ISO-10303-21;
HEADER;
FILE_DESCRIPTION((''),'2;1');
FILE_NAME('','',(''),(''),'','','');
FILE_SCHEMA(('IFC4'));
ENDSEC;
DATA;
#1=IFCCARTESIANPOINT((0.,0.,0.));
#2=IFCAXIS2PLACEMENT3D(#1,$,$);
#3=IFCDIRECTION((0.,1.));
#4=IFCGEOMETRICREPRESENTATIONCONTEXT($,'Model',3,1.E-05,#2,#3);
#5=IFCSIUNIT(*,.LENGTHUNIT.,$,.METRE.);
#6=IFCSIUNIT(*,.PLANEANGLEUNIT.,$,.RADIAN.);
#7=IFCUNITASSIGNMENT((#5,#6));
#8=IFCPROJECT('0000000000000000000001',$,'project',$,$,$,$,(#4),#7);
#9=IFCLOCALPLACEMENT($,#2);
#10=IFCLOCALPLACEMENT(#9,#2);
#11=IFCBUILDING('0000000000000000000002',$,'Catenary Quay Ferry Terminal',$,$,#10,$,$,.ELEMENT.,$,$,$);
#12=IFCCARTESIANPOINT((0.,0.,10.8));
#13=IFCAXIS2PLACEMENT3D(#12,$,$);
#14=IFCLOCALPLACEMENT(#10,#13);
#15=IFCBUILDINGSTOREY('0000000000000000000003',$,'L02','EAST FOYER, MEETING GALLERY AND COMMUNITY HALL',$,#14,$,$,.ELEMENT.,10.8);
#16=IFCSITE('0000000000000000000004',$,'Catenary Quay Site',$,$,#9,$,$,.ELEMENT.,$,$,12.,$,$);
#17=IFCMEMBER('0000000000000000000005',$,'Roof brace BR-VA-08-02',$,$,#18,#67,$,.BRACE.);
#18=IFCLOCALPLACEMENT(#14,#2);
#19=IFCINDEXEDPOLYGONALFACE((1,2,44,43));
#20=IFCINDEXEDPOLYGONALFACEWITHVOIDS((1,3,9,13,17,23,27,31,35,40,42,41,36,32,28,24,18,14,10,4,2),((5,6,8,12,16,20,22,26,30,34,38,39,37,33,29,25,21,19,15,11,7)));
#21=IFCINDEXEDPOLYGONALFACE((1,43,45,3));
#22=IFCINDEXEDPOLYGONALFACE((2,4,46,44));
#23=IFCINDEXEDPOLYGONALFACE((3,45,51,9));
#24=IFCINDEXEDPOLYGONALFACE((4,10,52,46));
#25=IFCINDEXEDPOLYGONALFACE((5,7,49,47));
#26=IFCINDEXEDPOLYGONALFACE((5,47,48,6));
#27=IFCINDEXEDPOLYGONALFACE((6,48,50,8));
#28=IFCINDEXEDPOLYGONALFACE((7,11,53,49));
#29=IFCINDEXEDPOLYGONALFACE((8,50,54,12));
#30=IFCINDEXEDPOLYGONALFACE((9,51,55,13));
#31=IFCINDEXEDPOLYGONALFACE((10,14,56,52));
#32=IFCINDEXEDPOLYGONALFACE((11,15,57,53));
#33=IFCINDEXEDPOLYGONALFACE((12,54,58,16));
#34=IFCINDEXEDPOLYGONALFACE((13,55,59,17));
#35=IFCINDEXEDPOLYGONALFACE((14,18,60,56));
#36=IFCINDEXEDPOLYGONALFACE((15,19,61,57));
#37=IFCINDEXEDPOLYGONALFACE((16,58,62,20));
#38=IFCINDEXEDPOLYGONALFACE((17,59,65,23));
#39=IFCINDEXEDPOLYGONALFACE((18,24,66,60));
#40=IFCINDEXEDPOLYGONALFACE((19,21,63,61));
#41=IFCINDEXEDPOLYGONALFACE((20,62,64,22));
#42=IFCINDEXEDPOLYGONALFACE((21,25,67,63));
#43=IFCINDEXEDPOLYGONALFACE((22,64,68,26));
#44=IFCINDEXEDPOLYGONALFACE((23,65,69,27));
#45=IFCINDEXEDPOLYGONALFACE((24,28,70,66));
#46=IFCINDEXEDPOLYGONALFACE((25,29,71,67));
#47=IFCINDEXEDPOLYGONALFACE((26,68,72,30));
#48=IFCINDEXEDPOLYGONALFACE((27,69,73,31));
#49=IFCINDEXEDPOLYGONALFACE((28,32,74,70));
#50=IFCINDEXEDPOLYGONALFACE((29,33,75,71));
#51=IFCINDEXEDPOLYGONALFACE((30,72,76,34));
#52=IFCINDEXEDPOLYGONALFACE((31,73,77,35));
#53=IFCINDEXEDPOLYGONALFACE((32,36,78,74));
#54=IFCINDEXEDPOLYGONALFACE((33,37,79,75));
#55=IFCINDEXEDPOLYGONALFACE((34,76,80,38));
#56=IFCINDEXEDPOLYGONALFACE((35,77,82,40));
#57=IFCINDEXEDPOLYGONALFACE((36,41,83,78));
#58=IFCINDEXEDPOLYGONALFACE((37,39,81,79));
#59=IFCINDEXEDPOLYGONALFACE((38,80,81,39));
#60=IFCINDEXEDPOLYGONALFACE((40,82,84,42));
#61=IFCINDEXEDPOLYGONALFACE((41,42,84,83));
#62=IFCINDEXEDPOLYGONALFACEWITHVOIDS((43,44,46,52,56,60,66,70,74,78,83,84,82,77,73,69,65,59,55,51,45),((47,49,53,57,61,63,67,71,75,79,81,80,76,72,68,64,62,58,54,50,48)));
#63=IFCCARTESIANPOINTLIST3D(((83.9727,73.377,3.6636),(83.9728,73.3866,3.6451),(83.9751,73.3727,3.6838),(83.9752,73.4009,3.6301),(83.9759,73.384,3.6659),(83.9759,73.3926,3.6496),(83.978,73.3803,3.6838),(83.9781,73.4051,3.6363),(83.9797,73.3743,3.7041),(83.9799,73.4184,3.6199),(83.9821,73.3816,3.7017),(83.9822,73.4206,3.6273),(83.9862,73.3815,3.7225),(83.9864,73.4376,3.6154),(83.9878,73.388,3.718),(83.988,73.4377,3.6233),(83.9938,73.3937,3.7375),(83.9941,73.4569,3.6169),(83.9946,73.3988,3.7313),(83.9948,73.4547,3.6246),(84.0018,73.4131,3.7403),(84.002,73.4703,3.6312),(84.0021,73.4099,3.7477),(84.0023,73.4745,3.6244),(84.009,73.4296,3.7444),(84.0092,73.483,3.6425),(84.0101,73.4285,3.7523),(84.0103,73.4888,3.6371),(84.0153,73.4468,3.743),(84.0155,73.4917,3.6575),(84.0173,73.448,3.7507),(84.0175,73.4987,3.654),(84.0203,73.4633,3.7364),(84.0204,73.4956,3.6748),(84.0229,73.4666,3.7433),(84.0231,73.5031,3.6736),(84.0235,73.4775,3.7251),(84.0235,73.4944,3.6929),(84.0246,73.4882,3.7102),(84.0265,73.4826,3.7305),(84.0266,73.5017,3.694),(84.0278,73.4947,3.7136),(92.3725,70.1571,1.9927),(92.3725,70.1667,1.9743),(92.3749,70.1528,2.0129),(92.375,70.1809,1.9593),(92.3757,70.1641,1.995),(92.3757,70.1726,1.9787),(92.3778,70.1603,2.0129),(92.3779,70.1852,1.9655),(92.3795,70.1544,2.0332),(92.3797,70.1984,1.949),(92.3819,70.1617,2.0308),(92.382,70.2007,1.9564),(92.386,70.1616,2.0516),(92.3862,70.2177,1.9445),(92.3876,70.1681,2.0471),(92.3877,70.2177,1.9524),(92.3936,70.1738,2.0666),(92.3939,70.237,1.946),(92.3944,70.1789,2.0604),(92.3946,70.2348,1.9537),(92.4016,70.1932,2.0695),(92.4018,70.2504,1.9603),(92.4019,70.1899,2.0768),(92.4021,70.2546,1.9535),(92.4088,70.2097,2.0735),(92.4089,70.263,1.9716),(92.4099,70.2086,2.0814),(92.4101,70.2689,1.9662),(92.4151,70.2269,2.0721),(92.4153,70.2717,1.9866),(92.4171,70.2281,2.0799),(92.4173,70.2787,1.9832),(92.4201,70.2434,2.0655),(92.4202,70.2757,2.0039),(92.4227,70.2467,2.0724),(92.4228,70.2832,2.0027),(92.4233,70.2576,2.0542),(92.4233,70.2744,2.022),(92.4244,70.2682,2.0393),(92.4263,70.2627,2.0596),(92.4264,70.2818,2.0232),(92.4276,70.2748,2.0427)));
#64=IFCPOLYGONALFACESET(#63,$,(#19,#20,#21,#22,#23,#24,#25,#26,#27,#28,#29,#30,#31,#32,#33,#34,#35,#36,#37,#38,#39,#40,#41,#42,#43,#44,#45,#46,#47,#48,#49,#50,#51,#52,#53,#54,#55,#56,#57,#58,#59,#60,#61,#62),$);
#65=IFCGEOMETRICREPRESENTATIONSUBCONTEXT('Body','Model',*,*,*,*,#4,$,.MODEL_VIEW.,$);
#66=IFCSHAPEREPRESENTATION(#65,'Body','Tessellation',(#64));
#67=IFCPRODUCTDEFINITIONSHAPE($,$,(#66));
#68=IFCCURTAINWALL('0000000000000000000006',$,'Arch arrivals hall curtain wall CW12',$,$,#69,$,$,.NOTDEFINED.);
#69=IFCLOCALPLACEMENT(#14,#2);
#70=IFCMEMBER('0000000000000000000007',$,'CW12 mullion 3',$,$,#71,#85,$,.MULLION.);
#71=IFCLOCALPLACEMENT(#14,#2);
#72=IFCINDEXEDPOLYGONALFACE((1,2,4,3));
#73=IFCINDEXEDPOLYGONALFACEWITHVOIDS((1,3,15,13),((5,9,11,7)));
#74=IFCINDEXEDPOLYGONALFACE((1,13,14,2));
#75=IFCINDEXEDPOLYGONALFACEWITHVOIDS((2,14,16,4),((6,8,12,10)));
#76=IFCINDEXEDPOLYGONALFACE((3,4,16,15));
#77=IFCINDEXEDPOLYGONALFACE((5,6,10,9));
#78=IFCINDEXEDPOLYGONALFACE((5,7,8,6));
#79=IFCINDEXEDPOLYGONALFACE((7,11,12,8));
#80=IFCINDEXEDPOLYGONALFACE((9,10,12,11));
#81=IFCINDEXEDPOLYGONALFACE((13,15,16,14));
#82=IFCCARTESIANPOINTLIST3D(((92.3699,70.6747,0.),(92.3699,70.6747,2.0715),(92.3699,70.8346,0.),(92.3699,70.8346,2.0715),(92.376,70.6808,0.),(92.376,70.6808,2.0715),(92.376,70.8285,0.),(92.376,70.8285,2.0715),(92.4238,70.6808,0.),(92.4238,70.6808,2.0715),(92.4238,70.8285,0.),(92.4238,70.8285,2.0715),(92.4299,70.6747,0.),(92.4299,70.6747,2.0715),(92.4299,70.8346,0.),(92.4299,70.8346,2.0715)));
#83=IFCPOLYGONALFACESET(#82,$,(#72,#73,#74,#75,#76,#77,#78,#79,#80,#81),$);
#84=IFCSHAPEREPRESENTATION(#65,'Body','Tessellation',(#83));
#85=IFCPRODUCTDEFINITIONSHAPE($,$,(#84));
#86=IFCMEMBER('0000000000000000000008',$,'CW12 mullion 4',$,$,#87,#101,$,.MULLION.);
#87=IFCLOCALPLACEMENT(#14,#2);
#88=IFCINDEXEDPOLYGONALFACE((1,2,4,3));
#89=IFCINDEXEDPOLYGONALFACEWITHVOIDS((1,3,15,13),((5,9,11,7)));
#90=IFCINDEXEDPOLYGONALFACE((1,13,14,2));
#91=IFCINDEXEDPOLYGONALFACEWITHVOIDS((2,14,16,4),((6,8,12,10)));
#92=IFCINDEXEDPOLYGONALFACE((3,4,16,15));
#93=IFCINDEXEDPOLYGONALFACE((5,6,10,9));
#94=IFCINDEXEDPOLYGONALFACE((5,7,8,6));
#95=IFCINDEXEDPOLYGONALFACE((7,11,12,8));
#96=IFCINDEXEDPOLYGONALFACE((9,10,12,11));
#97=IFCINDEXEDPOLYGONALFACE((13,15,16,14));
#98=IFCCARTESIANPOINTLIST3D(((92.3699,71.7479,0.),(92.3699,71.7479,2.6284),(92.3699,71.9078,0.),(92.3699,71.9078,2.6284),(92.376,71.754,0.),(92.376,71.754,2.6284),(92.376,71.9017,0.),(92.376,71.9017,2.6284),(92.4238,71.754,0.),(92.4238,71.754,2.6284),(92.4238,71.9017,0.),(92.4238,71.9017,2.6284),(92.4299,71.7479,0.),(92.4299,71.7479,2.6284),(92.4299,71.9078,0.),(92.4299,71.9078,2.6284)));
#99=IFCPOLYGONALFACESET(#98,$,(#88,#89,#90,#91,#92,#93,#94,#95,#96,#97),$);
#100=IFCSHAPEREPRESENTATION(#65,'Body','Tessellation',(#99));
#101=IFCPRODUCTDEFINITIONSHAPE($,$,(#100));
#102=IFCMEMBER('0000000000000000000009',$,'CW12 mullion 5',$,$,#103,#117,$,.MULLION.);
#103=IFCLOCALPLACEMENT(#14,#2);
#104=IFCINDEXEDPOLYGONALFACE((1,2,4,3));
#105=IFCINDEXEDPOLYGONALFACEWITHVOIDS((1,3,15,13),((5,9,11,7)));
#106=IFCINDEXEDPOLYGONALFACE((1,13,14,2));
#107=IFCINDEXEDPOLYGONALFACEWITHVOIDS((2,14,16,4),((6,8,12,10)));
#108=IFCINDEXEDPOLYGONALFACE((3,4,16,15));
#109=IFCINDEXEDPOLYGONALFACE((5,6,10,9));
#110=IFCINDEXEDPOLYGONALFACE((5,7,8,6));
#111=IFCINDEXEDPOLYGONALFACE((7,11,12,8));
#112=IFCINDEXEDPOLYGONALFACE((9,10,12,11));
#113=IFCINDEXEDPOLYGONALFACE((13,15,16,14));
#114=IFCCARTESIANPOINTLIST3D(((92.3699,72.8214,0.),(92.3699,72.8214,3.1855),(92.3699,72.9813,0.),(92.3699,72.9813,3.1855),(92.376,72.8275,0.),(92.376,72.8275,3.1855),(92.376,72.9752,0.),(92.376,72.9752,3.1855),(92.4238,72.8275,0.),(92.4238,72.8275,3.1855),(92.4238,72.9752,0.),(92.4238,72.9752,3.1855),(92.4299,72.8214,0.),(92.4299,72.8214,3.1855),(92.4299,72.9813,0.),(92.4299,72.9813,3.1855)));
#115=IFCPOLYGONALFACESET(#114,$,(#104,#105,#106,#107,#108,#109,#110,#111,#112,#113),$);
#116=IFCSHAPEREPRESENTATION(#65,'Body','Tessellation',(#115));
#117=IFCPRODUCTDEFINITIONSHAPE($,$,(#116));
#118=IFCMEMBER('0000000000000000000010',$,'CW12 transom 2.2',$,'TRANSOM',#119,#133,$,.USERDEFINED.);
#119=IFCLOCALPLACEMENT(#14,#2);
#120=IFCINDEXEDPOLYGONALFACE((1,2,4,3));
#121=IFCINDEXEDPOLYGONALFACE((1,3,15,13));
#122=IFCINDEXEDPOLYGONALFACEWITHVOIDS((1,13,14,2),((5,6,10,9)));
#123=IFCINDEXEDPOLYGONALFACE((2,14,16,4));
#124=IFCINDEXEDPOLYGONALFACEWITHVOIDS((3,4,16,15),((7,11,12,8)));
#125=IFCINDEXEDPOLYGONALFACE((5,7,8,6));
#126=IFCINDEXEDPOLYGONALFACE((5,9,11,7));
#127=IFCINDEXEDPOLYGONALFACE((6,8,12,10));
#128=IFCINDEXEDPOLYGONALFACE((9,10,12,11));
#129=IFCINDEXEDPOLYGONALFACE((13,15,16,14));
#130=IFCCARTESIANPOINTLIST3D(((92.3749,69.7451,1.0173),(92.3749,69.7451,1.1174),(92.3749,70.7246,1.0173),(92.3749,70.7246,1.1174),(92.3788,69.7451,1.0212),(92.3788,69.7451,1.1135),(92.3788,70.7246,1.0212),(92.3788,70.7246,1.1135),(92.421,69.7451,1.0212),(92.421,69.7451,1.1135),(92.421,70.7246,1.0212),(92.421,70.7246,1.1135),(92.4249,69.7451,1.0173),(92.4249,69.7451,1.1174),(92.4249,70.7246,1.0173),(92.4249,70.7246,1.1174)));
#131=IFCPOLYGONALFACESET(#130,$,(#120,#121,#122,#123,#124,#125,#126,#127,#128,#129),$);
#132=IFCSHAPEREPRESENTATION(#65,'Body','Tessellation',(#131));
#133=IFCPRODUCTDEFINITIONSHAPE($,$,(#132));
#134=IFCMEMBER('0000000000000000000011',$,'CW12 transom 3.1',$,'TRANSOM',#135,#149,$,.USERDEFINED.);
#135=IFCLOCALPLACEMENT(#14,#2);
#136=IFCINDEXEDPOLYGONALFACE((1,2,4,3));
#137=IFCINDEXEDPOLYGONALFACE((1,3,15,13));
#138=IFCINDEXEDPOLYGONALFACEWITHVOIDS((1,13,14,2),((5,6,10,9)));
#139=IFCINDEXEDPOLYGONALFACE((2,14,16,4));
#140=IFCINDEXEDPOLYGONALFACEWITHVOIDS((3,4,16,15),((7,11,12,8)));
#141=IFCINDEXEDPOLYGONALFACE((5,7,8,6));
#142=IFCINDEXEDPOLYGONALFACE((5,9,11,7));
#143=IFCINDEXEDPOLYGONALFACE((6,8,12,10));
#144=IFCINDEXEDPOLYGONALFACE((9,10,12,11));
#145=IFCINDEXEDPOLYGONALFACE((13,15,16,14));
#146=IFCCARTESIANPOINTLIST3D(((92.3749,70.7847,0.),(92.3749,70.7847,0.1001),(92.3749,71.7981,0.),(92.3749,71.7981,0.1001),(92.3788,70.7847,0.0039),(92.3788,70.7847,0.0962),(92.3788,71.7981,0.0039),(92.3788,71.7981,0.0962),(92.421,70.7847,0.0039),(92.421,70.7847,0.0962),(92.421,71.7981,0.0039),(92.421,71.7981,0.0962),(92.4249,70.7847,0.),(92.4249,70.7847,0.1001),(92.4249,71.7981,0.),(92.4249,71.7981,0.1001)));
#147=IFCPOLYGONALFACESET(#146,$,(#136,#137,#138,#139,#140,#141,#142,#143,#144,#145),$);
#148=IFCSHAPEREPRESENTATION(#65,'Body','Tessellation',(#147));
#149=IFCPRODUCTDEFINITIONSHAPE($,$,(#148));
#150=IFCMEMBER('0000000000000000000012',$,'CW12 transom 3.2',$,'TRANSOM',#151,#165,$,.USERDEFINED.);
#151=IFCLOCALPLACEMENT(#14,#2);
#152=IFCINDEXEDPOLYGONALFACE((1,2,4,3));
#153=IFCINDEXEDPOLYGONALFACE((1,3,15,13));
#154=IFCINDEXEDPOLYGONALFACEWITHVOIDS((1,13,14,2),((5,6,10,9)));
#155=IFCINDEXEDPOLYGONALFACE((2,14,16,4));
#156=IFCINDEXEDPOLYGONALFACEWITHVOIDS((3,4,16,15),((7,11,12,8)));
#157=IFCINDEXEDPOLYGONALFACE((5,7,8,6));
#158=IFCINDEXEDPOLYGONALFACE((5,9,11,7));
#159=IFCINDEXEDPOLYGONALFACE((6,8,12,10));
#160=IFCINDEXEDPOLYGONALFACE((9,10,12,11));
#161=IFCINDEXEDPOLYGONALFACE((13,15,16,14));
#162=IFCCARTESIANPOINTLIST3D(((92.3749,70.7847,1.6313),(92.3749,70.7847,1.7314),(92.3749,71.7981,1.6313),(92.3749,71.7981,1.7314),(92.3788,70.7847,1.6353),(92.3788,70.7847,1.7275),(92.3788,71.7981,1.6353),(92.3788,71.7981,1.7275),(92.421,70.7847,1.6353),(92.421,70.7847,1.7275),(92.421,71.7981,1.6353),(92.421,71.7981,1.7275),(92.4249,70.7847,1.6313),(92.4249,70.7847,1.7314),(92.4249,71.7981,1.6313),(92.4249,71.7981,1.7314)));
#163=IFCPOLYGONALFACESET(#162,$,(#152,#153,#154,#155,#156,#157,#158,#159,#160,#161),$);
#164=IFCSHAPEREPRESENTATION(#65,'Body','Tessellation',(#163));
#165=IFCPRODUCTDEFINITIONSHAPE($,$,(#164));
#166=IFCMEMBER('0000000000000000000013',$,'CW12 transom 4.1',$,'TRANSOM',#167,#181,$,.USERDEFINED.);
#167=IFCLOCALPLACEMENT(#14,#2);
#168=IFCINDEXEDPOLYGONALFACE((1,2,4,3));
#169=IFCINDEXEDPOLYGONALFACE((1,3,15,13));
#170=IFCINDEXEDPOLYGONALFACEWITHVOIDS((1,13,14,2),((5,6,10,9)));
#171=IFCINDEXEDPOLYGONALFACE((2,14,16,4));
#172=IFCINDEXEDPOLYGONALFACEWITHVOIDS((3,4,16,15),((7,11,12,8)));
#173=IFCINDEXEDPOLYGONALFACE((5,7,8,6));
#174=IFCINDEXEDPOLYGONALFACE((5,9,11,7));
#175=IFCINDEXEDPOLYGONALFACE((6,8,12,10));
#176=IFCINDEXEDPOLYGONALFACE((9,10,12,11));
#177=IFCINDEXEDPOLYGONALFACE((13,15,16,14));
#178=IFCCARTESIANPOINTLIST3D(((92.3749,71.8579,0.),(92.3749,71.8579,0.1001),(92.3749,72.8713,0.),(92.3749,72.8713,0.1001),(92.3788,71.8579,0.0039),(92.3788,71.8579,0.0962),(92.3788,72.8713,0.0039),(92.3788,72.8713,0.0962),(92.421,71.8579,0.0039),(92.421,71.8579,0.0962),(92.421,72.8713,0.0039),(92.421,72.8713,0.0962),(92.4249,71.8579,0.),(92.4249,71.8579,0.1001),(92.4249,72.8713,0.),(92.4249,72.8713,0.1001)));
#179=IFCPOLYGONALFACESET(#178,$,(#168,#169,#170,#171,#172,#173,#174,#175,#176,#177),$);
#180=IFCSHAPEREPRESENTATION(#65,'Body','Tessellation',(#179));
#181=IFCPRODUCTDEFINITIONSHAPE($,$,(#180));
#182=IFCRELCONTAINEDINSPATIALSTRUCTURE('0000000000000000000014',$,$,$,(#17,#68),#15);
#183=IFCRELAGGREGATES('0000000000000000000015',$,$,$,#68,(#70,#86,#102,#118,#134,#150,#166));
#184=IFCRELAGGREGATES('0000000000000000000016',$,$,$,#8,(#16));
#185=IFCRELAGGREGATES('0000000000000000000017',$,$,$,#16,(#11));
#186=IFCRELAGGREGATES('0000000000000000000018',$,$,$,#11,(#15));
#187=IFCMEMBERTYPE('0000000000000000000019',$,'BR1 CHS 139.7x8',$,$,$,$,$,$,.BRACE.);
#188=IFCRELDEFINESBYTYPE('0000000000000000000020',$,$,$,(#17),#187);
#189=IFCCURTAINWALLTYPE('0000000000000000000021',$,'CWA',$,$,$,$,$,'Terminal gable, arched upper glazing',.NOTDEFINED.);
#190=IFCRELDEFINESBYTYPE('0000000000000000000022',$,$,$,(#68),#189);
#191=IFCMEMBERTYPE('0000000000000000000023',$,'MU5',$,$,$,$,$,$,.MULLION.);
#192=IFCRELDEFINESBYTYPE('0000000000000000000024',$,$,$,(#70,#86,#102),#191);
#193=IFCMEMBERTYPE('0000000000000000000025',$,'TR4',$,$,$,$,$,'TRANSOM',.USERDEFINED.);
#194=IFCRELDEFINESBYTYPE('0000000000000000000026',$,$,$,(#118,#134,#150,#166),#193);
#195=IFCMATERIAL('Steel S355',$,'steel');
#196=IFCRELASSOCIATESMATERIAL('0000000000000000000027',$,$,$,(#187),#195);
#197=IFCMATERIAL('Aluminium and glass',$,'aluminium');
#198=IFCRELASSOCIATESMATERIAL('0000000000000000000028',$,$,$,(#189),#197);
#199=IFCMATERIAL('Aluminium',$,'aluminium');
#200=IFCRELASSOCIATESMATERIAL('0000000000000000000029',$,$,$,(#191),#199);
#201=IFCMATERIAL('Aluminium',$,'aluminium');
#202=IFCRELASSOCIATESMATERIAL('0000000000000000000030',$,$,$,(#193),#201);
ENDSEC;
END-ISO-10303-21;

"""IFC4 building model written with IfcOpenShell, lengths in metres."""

from ifc_helpers import new_model, si_unit, direction, frame, origin, origin_2d, place, context, subcontext, project, spatial, hollow_rectangle, hollow_circle, extrude, material, material_profile, profile_set, type_object, element, aggregate, save


model = new_model("IFC4")

# Units and contexts
model_context = context("Model", 3, precision=1e-05, world=origin(), true_north=direction((0.0, 1.0)))
body_context = subcontext(model_context, "Body", "Model", "MODEL_VIEW")
ifc_project = project(units=[si_unit("LENGTHUNIT", "METRE"), si_unit("PLANEANGLEUNIT", "RADIAN")], contexts=[model_context])

# Site, building, storey
site_placement = place(None, origin())
site = spatial("IfcSite", under=ifc_project, at=site_placement, Name="Catenary Quay Site", CompositionType="ELEMENT", RefElevation=12.0)
building_placement = place(site_placement, origin())
building = spatial("IfcBuilding", under=site, at=building_placement, Name="Catenary Quay Ferry Terminal", CompositionType="ELEMENT")
storey_placement = place(building_placement, frame((0.0, 0.0, 10.8)))
storey = spatial("IfcBuildingStorey", under=building, at=storey_placement, Name="L02", Description="EAST FOYER, MEETING GALLERY AND COMMUNITY HALL", CompositionType="ELEMENT", Elevation=10.8)

# Member
ifc_material_1 = material(Name="Steel S355", Category="steel")
ifc_material_profile_1 = material_profile(ifc_material_1, hollow_circle(Radius=0.0698, WallThickness=0.0081, at=origin_2d()), Name="CHS 139.7x8")
ifc_profile_set_1 = profile_set([ifc_material_profile_1], Name="Steel S355")
member_type_1 = type_object("IfcMemberType", Name="BR1 CHS 139.7x8", PredefinedType="BRACE", material=ifc_profile_set_1)
member_1_placement = place(storey_placement, frame((92.3999, 70.218, 2.0129), z_axis=(-0.918044, 0.351918, 0.182616), x_axis=(-0.357937, -0.933746, 0.0)))
element("IfcMember", 1, at=member_1_placement, inside=storey, type_object=member_type_1, Name="Roof brace BR-VA-08-02", PredefinedType="BRACE", context=body_context, shape_type="SweptSolid", body=[
    extrude(hollow_circle(Radius=0.0698, WallThickness=0.0081, at=origin_2d()), origin(), (0.0, 0.0, 1.0), 9.1497),
])

# Curtain wall, members
ifc_material_2 = material(Name="Aluminium and glass", Category="aluminium")
curtain_wall_type = type_object("IfcCurtainWallType", Name="CWA", ElementType="Terminal gable, arched upper glazing", PredefinedType="NOTDEFINED", material=ifc_material_2)
curtain_wall_placement = place(storey_placement, origin())
curtain_wall = element("IfcCurtainWall", 2, at=curtain_wall_placement, inside=storey, type_object=curtain_wall_type, Name="Arch arrivals hall curtain wall CW12", PredefinedType="NOTDEFINED")
ifc_material_3 = material(Name="Aluminium", Category="aluminium")
ifc_material_profile_2 = material_profile(ifc_material_3, hollow_rectangle(XDim=0.0601, YDim=0.1599, WallThickness=0.0061, at=origin_2d()), Name="MU5")
ifc_profile_set_2 = profile_set([ifc_material_profile_2], Name="Aluminium")
member_type_2 = type_object("IfcMemberType", Name="MU5", PredefinedType="MULLION", material=ifc_profile_set_2)
member_2_placement = place(storey_placement, frame((92.3999, 70.7546, 0.0), z_axis=(0.0, 0.0, 1.0), x_axis=(-1.0, 0.0, 0.0)))
member_2 = element("IfcMember", 3, at=member_2_placement, type_object=member_type_2, Name="CW12 mullion 3", PredefinedType="MULLION", context=body_context, shape_type="SweptSolid", body=[
    extrude(hollow_rectangle(XDim=0.0601, YDim=0.1599, WallThickness=0.0061, at=origin_2d()), origin(), (0.0, 0.0, 1.0), 2.0715),
])
member_3_placement = place(storey_placement, frame((92.3999, 71.8279, 0.0), z_axis=(0.0, 0.0, 1.0), x_axis=(-1.0, 0.0, 0.0)))
member_3 = element("IfcMember", 4, at=member_3_placement, type_object=member_type_2, Name="CW12 mullion 4", PredefinedType="MULLION", context=body_context, shape_type="SweptSolid", body=[
    extrude(hollow_rectangle(XDim=0.0601, YDim=0.1599, WallThickness=0.0061, at=origin_2d()), origin(), (0.0, 0.0, 1.0), 2.6284),
])
member_4_placement = place(storey_placement, frame((92.3999, 72.9014, 0.0), z_axis=(0.0, 0.0, 1.0), x_axis=(-1.0, 0.0, 0.0)))
member_4 = element("IfcMember", 5, at=member_4_placement, type_object=member_type_2, Name="CW12 mullion 5", PredefinedType="MULLION", context=body_context, shape_type="SweptSolid", body=[
    extrude(hollow_rectangle(XDim=0.0601, YDim=0.1599, WallThickness=0.0061, at=origin_2d()), origin(), (0.0, 0.0, 1.0), 3.1855),
])
ifc_material_4 = material(Name="Aluminium", Category="aluminium")
ifc_material_profile_3 = material_profile(ifc_material_4, hollow_rectangle(XDim=0.05, YDim=0.1001, WallThickness=0.0039, at=origin_2d()), Name="TR4")
ifc_profile_set_3 = profile_set([ifc_material_profile_3], Name="Aluminium")
member_type_3 = type_object("IfcMemberType", Name="TR4", ElementType="TRANSOM", PredefinedType="USERDEFINED", material=ifc_profile_set_3)
member_5_placement = place(storey_placement, frame((92.3999, 69.7451, 1.0674), z_axis=(0.0, 1.0, 0.0), x_axis=(-1.0, 0.0, 0.0)))
member_5 = element("IfcMember", 6, at=member_5_placement, type_object=member_type_3, Name="CW12 transom 2.2", ObjectType="TRANSOM", PredefinedType="USERDEFINED", context=body_context, shape_type="SweptSolid", body=[
    extrude(hollow_rectangle(XDim=0.05, YDim=0.1001, WallThickness=0.0039, at=origin_2d()), origin(), (0.0, 0.0, 1.0), 0.9795),
])
member_6_placement = place(storey_placement, frame((92.3999, 70.7847, 0.05), z_axis=(0.0, 1.0, 0.0), x_axis=(-1.0, 0.0, 0.0)))
member_6 = element("IfcMember", 7, at=member_6_placement, type_object=member_type_3, Name="CW12 transom 3.1", ObjectType="TRANSOM", PredefinedType="USERDEFINED", context=body_context, shape_type="SweptSolid", body=[
    extrude(hollow_rectangle(XDim=0.05, YDim=0.1001, WallThickness=0.0039, at=origin_2d()), origin(), (0.0, 0.0, 1.0), 1.0134),
])
member_7_placement = place(storey_placement, frame((92.3999, 70.7847, 1.6814), z_axis=(0.0, 1.0, 0.0), x_axis=(-1.0, 0.0, 0.0)))
member_7 = element("IfcMember", 8, at=member_7_placement, type_object=member_type_3, Name="CW12 transom 3.2", ObjectType="TRANSOM", PredefinedType="USERDEFINED", context=body_context, shape_type="SweptSolid", body=[
    extrude(hollow_rectangle(XDim=0.05, YDim=0.1001, WallThickness=0.0039, at=origin_2d()), origin(), (0.0, 0.0, 1.0), 1.0134),
])
member_8_placement = place(storey_placement, frame((92.3999, 71.8579, 0.05), z_axis=(0.0, 1.0, 0.0), x_axis=(-1.0, 0.0, 0.0)))
member_8 = element("IfcMember", 9, at=member_8_placement, type_object=member_type_3, Name="CW12 transom 4.1", ObjectType="TRANSOM", PredefinedType="USERDEFINED", context=body_context, shape_type="SweptSolid", body=[
    extrude(hollow_rectangle(XDim=0.05, YDim=0.1001, WallThickness=0.0039, at=origin_2d()), origin(), (0.0, 0.0, 1.0), 1.0134),
])

aggregate(curtain_wall, [member_2, member_3, member_4, member_5, member_6, member_7, member_8])

save(model, "model.ifc")
